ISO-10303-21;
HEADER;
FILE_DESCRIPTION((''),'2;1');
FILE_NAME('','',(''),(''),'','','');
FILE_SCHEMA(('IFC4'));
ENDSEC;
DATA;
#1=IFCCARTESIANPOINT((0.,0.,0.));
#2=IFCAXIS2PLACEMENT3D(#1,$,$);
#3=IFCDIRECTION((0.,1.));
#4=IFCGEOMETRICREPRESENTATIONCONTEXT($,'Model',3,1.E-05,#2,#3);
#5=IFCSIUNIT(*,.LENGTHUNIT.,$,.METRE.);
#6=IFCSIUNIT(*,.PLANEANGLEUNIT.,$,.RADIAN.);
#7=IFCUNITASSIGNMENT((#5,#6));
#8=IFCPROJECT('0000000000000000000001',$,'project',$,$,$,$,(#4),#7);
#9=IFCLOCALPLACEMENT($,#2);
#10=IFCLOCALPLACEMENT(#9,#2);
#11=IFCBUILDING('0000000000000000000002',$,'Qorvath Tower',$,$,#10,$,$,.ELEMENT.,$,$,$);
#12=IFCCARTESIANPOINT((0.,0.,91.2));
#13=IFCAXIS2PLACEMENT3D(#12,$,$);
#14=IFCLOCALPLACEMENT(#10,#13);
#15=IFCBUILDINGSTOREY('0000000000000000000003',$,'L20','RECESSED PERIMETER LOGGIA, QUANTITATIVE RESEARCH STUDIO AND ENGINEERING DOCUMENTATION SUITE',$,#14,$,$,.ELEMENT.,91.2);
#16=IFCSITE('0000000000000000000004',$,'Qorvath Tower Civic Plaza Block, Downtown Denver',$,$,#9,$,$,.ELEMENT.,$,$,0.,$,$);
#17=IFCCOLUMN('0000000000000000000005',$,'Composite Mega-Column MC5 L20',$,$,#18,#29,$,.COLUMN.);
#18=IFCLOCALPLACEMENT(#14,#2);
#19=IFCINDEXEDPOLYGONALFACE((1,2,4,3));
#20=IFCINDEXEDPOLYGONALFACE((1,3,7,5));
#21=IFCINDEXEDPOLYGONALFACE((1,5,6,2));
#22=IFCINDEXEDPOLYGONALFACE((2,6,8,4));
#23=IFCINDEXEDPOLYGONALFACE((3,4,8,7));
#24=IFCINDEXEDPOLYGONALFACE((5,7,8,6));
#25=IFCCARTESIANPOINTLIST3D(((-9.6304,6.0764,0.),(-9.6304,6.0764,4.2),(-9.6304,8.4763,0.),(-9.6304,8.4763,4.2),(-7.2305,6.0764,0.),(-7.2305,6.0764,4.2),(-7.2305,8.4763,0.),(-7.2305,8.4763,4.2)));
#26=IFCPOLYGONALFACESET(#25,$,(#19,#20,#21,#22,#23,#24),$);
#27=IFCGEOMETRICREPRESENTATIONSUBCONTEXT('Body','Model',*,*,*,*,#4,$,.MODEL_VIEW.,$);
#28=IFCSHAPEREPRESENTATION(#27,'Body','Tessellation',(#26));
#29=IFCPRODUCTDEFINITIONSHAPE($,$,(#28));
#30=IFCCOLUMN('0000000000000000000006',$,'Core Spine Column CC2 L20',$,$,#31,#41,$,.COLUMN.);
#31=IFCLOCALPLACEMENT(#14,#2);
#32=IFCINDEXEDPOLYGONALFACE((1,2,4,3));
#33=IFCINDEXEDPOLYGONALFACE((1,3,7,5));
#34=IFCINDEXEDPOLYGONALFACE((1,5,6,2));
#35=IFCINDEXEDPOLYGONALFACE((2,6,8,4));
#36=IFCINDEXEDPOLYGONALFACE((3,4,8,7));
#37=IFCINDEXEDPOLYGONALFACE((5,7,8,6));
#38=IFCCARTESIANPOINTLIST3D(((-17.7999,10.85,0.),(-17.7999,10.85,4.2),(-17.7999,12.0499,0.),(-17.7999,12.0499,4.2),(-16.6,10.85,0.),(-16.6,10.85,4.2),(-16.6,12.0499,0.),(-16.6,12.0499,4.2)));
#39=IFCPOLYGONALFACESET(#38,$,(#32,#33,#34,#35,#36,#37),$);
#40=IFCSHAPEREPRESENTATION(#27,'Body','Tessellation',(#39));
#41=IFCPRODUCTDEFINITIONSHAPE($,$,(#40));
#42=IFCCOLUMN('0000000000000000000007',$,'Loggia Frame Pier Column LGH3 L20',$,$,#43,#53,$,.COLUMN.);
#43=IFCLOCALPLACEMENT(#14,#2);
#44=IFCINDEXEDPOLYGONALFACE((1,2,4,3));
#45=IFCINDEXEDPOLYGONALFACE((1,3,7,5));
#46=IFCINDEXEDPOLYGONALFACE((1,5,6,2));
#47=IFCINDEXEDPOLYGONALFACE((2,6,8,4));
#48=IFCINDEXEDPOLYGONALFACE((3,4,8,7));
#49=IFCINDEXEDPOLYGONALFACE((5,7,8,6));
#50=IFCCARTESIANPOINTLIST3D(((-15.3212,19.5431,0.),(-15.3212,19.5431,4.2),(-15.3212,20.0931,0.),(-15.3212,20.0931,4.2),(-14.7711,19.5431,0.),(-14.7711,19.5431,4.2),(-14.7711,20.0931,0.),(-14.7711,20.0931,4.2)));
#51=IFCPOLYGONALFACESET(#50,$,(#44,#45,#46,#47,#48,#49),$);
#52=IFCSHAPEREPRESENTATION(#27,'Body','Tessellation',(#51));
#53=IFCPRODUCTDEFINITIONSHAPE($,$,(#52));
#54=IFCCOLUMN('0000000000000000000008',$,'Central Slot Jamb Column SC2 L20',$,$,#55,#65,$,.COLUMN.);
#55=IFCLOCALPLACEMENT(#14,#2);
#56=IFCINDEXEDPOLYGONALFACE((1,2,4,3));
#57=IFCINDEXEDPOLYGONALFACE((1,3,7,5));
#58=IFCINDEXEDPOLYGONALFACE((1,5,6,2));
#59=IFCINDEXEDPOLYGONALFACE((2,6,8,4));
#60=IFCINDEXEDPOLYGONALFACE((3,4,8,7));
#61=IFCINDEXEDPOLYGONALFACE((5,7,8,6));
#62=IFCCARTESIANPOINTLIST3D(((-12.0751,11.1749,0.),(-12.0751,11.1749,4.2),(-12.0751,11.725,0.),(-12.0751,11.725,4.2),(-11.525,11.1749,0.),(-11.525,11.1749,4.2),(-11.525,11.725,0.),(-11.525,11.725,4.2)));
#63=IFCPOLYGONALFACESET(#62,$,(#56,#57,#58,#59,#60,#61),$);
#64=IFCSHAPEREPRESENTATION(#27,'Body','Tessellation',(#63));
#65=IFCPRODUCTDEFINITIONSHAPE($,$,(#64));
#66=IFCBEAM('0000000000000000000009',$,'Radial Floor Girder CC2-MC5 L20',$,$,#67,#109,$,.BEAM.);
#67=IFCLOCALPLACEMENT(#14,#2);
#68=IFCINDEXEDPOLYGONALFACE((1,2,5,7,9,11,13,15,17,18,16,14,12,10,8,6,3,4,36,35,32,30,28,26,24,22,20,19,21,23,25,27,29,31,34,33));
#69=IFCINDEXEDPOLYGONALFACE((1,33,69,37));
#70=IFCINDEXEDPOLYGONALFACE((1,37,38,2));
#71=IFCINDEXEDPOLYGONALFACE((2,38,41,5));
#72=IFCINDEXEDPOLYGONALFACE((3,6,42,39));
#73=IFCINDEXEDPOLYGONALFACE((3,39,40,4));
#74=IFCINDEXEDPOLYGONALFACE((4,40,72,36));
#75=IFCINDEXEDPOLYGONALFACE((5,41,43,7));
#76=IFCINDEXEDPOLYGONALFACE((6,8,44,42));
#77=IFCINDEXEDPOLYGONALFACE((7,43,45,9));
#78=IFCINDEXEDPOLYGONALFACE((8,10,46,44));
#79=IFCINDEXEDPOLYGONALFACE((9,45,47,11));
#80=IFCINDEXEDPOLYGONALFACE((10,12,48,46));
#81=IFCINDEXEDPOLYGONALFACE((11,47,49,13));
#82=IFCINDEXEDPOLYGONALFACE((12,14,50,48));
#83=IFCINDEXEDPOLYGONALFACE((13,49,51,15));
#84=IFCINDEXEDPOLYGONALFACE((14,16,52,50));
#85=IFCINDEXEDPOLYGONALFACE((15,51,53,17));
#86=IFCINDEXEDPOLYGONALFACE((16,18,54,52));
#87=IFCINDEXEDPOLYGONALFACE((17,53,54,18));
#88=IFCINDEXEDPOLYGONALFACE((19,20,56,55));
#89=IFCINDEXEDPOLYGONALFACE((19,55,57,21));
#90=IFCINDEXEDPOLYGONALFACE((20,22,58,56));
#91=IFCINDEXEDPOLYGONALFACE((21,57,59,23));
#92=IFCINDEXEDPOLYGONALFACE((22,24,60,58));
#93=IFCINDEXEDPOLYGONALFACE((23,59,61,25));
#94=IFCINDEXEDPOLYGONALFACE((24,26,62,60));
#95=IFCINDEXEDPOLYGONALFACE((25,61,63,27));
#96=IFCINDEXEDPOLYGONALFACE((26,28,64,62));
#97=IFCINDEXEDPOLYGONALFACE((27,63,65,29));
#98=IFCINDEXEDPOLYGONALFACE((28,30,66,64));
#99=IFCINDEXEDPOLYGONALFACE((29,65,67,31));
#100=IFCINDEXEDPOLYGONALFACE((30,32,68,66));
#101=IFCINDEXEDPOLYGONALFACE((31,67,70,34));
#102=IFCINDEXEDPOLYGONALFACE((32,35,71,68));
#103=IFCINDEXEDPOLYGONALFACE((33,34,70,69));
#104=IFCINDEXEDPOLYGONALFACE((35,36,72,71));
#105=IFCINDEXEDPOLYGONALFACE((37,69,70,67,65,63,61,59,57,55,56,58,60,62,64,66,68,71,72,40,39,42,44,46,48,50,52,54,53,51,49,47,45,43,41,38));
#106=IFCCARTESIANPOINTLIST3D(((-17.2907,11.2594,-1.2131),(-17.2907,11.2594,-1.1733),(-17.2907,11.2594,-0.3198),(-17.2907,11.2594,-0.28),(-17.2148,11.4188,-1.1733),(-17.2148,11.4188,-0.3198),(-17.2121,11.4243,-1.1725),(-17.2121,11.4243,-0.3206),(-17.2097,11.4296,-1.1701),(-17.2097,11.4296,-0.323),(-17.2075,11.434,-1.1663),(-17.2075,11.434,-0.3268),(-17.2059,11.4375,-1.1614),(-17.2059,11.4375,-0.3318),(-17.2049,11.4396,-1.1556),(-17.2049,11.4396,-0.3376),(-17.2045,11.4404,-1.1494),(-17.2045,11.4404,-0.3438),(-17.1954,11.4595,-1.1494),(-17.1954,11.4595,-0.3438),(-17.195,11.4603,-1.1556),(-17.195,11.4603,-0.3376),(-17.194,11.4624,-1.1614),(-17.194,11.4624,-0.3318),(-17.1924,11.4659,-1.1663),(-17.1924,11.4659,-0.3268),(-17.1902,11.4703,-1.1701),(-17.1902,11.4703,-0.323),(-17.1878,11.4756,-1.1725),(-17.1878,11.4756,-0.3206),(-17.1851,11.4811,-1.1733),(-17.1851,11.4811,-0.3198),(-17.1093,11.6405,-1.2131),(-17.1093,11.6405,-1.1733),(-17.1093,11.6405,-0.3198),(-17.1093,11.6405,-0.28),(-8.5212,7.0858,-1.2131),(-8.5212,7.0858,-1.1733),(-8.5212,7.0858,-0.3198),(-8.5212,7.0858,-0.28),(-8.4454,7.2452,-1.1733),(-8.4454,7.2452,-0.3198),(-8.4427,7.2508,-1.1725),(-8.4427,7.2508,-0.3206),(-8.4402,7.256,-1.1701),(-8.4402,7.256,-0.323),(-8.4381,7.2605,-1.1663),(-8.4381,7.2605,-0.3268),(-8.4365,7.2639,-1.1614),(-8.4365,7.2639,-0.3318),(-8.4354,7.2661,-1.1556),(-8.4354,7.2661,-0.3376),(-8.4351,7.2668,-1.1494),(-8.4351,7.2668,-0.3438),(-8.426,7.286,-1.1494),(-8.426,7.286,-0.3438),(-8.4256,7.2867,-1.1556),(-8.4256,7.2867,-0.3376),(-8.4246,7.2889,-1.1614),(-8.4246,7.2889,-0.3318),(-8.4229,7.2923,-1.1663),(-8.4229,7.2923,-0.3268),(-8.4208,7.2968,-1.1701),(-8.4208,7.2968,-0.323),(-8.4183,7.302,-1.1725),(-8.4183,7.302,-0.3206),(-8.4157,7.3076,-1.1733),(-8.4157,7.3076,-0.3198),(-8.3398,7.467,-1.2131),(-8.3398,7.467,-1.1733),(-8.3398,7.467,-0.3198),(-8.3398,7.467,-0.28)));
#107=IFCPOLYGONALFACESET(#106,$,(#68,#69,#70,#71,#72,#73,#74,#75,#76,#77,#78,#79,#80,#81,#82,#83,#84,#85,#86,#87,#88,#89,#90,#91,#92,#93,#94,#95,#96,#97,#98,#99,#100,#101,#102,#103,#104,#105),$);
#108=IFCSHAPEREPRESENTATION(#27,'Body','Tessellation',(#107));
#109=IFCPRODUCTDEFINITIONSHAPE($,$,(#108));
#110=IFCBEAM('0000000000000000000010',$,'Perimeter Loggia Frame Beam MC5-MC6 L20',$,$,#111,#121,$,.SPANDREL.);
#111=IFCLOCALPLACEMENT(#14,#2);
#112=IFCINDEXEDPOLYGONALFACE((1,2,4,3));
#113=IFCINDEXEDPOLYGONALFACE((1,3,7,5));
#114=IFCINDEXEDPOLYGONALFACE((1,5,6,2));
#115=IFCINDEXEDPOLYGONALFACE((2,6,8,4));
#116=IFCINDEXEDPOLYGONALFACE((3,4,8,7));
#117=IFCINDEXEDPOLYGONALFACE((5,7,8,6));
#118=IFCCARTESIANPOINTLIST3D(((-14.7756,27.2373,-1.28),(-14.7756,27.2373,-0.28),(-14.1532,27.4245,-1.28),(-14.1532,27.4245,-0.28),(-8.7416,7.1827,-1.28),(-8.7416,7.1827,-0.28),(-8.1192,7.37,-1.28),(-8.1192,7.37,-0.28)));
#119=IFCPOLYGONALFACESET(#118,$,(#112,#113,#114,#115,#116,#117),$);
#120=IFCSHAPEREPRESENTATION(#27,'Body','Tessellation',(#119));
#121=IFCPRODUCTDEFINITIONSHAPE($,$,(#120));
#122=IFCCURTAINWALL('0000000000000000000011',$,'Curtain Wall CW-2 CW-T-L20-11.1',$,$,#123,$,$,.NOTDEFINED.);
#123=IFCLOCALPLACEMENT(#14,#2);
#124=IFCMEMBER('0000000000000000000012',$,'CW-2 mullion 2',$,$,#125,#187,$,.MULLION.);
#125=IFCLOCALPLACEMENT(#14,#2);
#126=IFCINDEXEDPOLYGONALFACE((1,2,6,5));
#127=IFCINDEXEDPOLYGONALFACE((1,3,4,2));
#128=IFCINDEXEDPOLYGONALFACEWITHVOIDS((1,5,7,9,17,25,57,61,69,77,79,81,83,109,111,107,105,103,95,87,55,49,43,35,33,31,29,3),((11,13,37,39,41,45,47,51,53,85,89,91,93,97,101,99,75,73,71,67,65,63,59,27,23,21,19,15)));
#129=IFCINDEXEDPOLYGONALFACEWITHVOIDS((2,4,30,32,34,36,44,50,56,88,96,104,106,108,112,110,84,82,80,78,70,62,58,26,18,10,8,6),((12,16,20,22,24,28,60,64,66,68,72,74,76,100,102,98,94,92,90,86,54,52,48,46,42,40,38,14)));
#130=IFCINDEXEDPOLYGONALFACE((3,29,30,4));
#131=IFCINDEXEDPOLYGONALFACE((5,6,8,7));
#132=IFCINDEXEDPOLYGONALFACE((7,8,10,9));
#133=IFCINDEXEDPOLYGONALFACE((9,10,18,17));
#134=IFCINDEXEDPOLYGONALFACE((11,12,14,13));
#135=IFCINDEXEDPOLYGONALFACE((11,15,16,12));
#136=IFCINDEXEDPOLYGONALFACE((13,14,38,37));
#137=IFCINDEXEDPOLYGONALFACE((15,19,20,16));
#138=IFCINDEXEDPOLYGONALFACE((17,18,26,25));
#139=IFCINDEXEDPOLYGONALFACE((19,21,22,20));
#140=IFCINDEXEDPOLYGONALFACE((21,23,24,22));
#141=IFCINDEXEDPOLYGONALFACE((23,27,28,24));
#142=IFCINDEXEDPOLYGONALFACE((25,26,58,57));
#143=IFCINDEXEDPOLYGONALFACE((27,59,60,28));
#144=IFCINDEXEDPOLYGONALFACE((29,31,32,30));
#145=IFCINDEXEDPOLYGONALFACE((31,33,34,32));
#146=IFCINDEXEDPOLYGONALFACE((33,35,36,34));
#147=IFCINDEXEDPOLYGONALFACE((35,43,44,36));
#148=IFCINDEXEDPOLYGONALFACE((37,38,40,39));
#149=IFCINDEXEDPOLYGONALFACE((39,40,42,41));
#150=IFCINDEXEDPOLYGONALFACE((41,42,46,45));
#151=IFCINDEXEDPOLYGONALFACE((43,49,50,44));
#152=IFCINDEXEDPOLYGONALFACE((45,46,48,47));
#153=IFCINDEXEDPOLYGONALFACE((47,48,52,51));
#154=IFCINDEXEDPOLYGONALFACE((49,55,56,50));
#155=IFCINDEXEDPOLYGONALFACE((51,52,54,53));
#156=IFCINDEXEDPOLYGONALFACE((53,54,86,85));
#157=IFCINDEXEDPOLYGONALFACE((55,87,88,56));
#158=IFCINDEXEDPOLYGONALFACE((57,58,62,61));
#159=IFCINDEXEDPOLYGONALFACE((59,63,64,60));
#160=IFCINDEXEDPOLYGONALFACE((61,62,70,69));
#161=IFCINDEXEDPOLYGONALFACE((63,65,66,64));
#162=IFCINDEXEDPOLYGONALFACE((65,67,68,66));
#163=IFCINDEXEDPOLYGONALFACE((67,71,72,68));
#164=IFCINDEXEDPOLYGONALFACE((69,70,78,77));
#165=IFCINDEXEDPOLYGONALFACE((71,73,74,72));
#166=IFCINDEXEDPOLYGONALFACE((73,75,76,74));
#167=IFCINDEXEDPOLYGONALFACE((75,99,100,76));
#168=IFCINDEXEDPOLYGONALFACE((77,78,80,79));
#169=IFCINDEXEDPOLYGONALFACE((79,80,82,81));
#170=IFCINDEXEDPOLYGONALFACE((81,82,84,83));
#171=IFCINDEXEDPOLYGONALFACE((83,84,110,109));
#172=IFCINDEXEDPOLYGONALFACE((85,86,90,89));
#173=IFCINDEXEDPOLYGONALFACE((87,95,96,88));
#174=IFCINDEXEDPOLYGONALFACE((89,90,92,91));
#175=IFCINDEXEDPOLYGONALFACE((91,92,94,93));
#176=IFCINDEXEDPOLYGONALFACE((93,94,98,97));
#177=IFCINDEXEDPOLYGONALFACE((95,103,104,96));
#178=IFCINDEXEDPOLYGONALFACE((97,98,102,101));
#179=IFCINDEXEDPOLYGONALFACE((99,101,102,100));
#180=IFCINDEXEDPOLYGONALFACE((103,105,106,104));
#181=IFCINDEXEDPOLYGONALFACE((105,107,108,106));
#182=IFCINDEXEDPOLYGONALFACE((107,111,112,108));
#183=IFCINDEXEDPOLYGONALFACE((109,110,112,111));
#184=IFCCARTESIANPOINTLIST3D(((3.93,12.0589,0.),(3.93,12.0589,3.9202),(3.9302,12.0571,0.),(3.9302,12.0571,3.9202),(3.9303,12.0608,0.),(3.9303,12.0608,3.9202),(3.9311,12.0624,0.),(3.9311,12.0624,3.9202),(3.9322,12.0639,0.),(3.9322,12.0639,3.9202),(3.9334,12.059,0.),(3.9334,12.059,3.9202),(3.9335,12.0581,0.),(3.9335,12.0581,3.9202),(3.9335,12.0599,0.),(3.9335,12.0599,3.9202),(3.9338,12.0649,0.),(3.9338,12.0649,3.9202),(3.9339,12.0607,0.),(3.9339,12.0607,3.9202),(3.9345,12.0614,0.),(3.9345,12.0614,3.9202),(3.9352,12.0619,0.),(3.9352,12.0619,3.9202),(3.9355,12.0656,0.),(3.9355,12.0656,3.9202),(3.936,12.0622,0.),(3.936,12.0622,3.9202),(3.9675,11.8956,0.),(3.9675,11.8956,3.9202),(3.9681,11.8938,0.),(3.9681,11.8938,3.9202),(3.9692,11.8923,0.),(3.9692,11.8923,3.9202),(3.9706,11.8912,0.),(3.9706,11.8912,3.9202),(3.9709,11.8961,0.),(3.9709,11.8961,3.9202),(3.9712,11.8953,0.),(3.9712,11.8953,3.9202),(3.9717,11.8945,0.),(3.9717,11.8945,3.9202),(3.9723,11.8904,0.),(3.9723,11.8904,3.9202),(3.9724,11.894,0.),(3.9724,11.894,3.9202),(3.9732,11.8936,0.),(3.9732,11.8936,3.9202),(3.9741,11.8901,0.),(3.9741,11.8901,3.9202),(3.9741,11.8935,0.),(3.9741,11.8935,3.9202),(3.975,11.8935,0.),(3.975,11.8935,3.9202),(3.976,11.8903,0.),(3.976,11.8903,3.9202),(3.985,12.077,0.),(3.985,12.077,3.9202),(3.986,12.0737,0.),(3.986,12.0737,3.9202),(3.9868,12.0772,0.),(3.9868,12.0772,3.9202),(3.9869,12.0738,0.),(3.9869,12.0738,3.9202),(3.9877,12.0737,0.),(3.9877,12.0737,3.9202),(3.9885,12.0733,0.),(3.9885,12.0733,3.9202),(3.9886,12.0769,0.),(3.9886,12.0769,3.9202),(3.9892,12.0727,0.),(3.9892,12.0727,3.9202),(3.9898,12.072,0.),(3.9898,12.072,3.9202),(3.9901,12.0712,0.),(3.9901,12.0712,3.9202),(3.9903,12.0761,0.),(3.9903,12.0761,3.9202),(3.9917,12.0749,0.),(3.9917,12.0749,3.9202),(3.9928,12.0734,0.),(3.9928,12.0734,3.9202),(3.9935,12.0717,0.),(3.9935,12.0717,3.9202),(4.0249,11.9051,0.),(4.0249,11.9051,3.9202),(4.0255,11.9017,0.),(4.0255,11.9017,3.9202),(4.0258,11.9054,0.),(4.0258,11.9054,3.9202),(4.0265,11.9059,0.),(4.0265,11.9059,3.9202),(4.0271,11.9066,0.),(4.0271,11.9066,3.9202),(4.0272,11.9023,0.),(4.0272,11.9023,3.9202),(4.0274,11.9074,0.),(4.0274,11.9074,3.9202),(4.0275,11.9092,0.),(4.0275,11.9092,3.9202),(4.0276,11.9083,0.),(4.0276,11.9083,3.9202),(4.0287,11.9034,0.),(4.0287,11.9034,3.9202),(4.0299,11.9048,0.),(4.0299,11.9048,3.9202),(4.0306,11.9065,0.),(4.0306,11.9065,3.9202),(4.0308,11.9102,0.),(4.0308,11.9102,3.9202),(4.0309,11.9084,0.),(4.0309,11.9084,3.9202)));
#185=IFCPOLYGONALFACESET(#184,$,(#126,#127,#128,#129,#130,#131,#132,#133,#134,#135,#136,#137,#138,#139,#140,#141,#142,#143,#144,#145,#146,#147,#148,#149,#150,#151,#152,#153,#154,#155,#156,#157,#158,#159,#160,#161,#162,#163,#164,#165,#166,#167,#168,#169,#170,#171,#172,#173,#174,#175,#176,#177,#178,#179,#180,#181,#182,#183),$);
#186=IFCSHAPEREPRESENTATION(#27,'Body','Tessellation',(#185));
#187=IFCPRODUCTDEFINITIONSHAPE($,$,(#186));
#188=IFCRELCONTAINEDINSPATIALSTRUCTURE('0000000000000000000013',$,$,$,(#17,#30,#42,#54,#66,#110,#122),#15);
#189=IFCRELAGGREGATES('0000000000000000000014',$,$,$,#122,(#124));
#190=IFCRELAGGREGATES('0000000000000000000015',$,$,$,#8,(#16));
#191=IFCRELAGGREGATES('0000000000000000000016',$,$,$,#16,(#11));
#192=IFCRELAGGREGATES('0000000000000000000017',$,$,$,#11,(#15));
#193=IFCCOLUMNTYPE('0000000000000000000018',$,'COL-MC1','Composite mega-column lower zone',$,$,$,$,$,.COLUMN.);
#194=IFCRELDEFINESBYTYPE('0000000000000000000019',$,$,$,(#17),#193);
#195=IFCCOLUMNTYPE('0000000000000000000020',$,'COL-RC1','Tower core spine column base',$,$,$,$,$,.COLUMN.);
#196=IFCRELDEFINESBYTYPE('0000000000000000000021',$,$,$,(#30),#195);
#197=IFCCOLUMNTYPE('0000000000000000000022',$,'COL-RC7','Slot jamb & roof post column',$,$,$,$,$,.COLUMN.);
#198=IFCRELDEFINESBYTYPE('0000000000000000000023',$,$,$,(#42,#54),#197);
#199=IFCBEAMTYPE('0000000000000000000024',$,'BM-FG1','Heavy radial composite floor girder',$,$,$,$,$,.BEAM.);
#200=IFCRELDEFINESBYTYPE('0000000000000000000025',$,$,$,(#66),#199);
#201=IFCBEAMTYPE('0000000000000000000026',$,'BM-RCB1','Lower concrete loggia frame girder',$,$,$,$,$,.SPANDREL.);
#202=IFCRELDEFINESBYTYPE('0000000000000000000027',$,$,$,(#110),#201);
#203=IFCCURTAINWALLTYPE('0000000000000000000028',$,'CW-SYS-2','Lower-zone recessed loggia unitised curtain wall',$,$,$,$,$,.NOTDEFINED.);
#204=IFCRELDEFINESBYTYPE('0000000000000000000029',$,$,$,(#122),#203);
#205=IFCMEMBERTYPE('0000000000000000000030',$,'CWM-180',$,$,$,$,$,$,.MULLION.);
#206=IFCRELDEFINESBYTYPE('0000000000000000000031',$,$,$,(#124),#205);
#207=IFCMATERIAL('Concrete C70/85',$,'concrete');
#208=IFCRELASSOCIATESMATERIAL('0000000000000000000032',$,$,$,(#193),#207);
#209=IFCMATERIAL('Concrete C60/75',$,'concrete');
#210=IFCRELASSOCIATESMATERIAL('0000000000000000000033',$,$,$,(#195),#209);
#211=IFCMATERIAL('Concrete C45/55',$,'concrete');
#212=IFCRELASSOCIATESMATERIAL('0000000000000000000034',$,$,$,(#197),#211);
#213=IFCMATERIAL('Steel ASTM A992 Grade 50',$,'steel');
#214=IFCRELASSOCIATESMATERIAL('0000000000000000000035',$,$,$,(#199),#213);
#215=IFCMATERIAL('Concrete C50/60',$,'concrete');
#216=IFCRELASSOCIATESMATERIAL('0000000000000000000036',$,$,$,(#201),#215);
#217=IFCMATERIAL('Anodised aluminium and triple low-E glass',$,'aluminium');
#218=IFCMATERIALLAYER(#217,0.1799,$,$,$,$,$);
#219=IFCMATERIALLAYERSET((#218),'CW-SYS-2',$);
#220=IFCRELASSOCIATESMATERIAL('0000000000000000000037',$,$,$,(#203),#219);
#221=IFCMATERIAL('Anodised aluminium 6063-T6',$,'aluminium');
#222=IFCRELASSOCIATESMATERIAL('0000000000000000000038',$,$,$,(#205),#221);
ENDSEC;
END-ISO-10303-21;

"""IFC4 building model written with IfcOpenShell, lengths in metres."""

from ifc_helpers import new_model, si_unit, direction, frame, origin, origin_2d, place, context, subcontext, project, spatial, rectangle, hollow_rectangle, i_section, extrude, material, layer, layer_set, material_profile, profile_set, type_object, element, aggregate, save


model = new_model("IFC4")

# Units and contexts
model_context = context("Model", 3, precision=1e-05, world=origin(), true_north=direction((0.0, 1.0)))
body_context = subcontext(model_context, "Body", "Model", "MODEL_VIEW")
ifc_project = project(units=[si_unit("LENGTHUNIT", "METRE"), si_unit("PLANEANGLEUNIT", "RADIAN")], contexts=[model_context])

# Site, building, storey
site_placement = place(None, origin())
site = spatial("IfcSite", under=ifc_project, at=site_placement, Name="Qorvath Tower Civic Plaza Block, Downtown Denver", CompositionType="ELEMENT", RefElevation=0.0)
building_placement = place(site_placement, origin())
building = spatial("IfcBuilding", under=site, at=building_placement, Name="Qorvath Tower", CompositionType="ELEMENT")
storey_placement = place(building_placement, frame((0.0, 0.0, 91.2)))
storey = spatial("IfcBuildingStorey", under=building, at=storey_placement, Name="L20", Description="RECESSED PERIMETER LOGGIA, QUANTITATIVE RESEARCH STUDIO AND ENGINEERING DOCUMENTATION SUITE", CompositionType="ELEMENT", Elevation=91.2)

# Columns
ifc_material_1 = material(Name="Concrete C70/85", Category="concrete")
ifc_material_profile_1 = material_profile(ifc_material_1, rectangle(XDim=2.3999, YDim=2.3999, at=origin_2d()), Name="MC 2400x2400")
ifc_profile_set_1 = profile_set([ifc_material_profile_1], Name="Concrete C70/85")
column_type_1 = type_object("IfcColumnType", Name="COL-MC1", Description="Composite mega-column lower zone", PredefinedType="COLUMN", material=ifc_profile_set_1)
column_1_placement = place(storey_placement, frame((-8.4304, 7.2764, 0.0), z_axis=(0.0, 0.0, 1.0), x_axis=(1.0, 0.0, 0.0)))
element("IfcColumn", 1, at=column_1_placement, inside=storey, type_object=column_type_1, Name="Composite Mega-Column MC5 L20", PredefinedType="COLUMN", context=body_context, shape_type="SweptSolid", body=[
    extrude(rectangle(XDim=2.3999, YDim=2.3999, at=origin_2d()), origin(), (0.0, 0.0, 1.0), 4.2),
])
ifc_material_2 = material(Name="Concrete C60/75", Category="concrete")
ifc_material_profile_2 = material_profile(ifc_material_2, rectangle(XDim=1.2, YDim=1.2, at=origin_2d()), Name="RC 1200x1200")
ifc_profile_set_2 = profile_set([ifc_material_profile_2], Name="Concrete C60/75")
column_type_2 = type_object("IfcColumnType", Name="COL-RC1", Description="Tower core spine column base", PredefinedType="COLUMN", material=ifc_profile_set_2)
column_2_placement = place(storey_placement, frame((-17.2, 11.45, 0.0), z_axis=(0.0, 0.0, 1.0), x_axis=(1.0, 0.0, 0.0)))
element("IfcColumn", 2, at=column_2_placement, inside=storey, type_object=column_type_2, Name="Core Spine Column CC2 L20", PredefinedType="COLUMN", context=body_context, shape_type="SweptSolid", body=[
    extrude(rectangle(XDim=1.2, YDim=1.2, at=origin_2d()), origin(), (0.0, 0.0, 1.0), 4.2),
])
ifc_material_3 = material(Name="Concrete C45/55", Category="concrete")
ifc_material_profile_3 = material_profile(ifc_material_3, rectangle(XDim=0.55, YDim=0.55, at=origin_2d()), Name="RC 550x550")
ifc_profile_set_3 = profile_set([ifc_material_profile_3], Name="Concrete C45/55")
column_type_3 = type_object("IfcColumnType", Name="COL-RC7", Description="Slot jamb & roof post column", PredefinedType="COLUMN", material=ifc_profile_set_3)
for number, where, z_axis, x_axis, name in (
    (3, (-15.0461, 19.8181, 0.0), (0.0, 0.0, 1.0), (1.0, 0.0, 0.0), "Loggia Frame Pier Column LGH3 L20"),
    (4, (-11.8, 11.45, 0.0), (0.0, 0.0, 1.0), (1.0, 0.0, 0.0), "Central Slot Jamb Column SC2 L20"),
):
    element("IfcColumn", number, at=place(storey_placement, frame(where, z_axis=z_axis, x_axis=x_axis)), inside=storey, type_object=column_type_3, Name=name, PredefinedType="COLUMN", context=body_context, shape_type="SweptSolid", body=[
        extrude(rectangle(XDim=0.55, YDim=0.55, at=origin_2d()), origin(), (0.0, 0.0, 1.0), 4.2),
    ])

# Beams
ifc_material_4 = material(Name="Steel ASTM A992 Grade 50", Category="steel")
ifc_material_profile_4 = material_profile(ifc_material_4, i_section(OverallWidth=0.4221, OverallDepth=0.9331, WebThickness=0.0212, FlangeThickness=0.0398, FilletRadius=0.0239, at=origin_2d()), Name="W36x262")
ifc_profile_set_4 = profile_set([ifc_material_profile_4], Name="Steel ASTM A992 Grade 50")
beam_type_1 = type_object("IfcBeamType", Name="BM-FG1", Description="Heavy radial composite floor girder", PredefinedType="BEAM", material=ifc_profile_set_4)
beam_1_placement = place(storey_placement, frame((-17.2, 11.45, -0.7466), z_axis=(0.902956, -0.429734, 0.0), x_axis=(0.429734, 0.902956, 0.0)))
element("IfcBeam", 5, at=beam_1_placement, inside=storey, type_object=beam_type_1, Name="Radial Floor Girder CC2-MC5 L20", PredefinedType="BEAM", context=body_context, shape_type="SweptSolid", body=[
    extrude(i_section(OverallWidth=0.4221, OverallDepth=0.9331, WebThickness=0.0212, FlangeThickness=0.0398, FilletRadius=0.0239, at=origin_2d()), origin(), (0.0, 0.0, 1.0), 9.7119),
])
ifc_material_5 = material(Name="Concrete C50/60", Category="concrete")
ifc_material_profile_5 = material_profile(ifc_material_5, rectangle(XDim=0.6499, YDim=1.0, at=origin_2d()), Name="RCB 1000x650")
ifc_profile_set_5 = profile_set([ifc_material_profile_5], Name="Concrete C50/60")
beam_type_2 = type_object("IfcBeamType", Name="BM-RCB1", Description="Lower concrete loggia frame girder", PredefinedType="SPANDREL", material=ifc_profile_set_5)
beam_2_placement = place(storey_placement, frame((-8.4304, 7.2764, -0.78), z_axis=(-0.288119, 0.957595, 0.0), x_axis=(-0.957595, -0.288119, 0.0)))
element("IfcBeam", 6, at=beam_2_placement, inside=storey, type_object=beam_type_2, Name="Perimeter Loggia Frame Beam MC5-MC6 L20", PredefinedType="SPANDREL", context=body_context, shape_type="SweptSolid", body=[
    extrude(rectangle(XDim=0.6499, YDim=1.0, at=origin_2d()), origin(), (0.0, 0.0, 1.0), 20.9426),
])

# Curtain wall, member
ifc_material_6 = material(Name="Anodised aluminium and triple low-E glass", Category="aluminium")
ifc_layer_1 = layer(ifc_material_6, 0.1799)
ifc_layer_set_1 = layer_set([ifc_layer_1], Name="CW-SYS-2")
curtain_wall_type = type_object("IfcCurtainWallType", Name="CW-SYS-2", Description="Lower-zone recessed loggia unitised curtain wall", PredefinedType="NOTDEFINED", material=ifc_layer_set_1)
curtain_wall_1_placement = place(storey_placement, origin())
curtain_wall_1 = element("IfcCurtainWall", 7, at=curtain_wall_1_placement, inside=storey, type_object=curtain_wall_type, Name="Curtain Wall CW-2 CW-T-L20-11.1", PredefinedType="NOTDEFINED")
ifc_material_7 = material(Name="Anodised aluminium 6063-T6", Category="aluminium")
ifc_material_profile_6 = material_profile(ifc_material_7, hollow_rectangle(XDim=0.0649, YDim=0.1799, WallThickness=0.0034, InnerFilletRadius=0.0034, OuterFilletRadius=0.0071, at=origin_2d()), Name="CWM 180x65")
ifc_profile_set_6 = profile_set([ifc_material_profile_6], Name="Anodised aluminium 6063-T6")
member_type_1 = type_object("IfcMemberType", Name="CWM-180", PredefinedType="MULLION", material=ifc_profile_set_6)
member_1_placement = place(storey_placement, frame((3.9805, 11.9836, 0.0), z_axis=(0.0, 0.0, 1.0), x_axis=(-0.974351, -0.225034, 0.0)))
member_1 = element("IfcMember", 8, at=member_1_placement, type_object=member_type_1, Name="CW-2 mullion 2", PredefinedType="MULLION", context=body_context, shape_type="SweptSolid", body=[
    extrude(hollow_rectangle(XDim=0.0649, YDim=0.1799, WallThickness=0.0034, InnerFilletRadius=0.0034, OuterFilletRadius=0.0071, at=origin_2d()), origin(), (0.0, 0.0, 1.0), 3.9202),
])

aggregate(curtain_wall_1, [member_1])

save(model, "model.ifc")
